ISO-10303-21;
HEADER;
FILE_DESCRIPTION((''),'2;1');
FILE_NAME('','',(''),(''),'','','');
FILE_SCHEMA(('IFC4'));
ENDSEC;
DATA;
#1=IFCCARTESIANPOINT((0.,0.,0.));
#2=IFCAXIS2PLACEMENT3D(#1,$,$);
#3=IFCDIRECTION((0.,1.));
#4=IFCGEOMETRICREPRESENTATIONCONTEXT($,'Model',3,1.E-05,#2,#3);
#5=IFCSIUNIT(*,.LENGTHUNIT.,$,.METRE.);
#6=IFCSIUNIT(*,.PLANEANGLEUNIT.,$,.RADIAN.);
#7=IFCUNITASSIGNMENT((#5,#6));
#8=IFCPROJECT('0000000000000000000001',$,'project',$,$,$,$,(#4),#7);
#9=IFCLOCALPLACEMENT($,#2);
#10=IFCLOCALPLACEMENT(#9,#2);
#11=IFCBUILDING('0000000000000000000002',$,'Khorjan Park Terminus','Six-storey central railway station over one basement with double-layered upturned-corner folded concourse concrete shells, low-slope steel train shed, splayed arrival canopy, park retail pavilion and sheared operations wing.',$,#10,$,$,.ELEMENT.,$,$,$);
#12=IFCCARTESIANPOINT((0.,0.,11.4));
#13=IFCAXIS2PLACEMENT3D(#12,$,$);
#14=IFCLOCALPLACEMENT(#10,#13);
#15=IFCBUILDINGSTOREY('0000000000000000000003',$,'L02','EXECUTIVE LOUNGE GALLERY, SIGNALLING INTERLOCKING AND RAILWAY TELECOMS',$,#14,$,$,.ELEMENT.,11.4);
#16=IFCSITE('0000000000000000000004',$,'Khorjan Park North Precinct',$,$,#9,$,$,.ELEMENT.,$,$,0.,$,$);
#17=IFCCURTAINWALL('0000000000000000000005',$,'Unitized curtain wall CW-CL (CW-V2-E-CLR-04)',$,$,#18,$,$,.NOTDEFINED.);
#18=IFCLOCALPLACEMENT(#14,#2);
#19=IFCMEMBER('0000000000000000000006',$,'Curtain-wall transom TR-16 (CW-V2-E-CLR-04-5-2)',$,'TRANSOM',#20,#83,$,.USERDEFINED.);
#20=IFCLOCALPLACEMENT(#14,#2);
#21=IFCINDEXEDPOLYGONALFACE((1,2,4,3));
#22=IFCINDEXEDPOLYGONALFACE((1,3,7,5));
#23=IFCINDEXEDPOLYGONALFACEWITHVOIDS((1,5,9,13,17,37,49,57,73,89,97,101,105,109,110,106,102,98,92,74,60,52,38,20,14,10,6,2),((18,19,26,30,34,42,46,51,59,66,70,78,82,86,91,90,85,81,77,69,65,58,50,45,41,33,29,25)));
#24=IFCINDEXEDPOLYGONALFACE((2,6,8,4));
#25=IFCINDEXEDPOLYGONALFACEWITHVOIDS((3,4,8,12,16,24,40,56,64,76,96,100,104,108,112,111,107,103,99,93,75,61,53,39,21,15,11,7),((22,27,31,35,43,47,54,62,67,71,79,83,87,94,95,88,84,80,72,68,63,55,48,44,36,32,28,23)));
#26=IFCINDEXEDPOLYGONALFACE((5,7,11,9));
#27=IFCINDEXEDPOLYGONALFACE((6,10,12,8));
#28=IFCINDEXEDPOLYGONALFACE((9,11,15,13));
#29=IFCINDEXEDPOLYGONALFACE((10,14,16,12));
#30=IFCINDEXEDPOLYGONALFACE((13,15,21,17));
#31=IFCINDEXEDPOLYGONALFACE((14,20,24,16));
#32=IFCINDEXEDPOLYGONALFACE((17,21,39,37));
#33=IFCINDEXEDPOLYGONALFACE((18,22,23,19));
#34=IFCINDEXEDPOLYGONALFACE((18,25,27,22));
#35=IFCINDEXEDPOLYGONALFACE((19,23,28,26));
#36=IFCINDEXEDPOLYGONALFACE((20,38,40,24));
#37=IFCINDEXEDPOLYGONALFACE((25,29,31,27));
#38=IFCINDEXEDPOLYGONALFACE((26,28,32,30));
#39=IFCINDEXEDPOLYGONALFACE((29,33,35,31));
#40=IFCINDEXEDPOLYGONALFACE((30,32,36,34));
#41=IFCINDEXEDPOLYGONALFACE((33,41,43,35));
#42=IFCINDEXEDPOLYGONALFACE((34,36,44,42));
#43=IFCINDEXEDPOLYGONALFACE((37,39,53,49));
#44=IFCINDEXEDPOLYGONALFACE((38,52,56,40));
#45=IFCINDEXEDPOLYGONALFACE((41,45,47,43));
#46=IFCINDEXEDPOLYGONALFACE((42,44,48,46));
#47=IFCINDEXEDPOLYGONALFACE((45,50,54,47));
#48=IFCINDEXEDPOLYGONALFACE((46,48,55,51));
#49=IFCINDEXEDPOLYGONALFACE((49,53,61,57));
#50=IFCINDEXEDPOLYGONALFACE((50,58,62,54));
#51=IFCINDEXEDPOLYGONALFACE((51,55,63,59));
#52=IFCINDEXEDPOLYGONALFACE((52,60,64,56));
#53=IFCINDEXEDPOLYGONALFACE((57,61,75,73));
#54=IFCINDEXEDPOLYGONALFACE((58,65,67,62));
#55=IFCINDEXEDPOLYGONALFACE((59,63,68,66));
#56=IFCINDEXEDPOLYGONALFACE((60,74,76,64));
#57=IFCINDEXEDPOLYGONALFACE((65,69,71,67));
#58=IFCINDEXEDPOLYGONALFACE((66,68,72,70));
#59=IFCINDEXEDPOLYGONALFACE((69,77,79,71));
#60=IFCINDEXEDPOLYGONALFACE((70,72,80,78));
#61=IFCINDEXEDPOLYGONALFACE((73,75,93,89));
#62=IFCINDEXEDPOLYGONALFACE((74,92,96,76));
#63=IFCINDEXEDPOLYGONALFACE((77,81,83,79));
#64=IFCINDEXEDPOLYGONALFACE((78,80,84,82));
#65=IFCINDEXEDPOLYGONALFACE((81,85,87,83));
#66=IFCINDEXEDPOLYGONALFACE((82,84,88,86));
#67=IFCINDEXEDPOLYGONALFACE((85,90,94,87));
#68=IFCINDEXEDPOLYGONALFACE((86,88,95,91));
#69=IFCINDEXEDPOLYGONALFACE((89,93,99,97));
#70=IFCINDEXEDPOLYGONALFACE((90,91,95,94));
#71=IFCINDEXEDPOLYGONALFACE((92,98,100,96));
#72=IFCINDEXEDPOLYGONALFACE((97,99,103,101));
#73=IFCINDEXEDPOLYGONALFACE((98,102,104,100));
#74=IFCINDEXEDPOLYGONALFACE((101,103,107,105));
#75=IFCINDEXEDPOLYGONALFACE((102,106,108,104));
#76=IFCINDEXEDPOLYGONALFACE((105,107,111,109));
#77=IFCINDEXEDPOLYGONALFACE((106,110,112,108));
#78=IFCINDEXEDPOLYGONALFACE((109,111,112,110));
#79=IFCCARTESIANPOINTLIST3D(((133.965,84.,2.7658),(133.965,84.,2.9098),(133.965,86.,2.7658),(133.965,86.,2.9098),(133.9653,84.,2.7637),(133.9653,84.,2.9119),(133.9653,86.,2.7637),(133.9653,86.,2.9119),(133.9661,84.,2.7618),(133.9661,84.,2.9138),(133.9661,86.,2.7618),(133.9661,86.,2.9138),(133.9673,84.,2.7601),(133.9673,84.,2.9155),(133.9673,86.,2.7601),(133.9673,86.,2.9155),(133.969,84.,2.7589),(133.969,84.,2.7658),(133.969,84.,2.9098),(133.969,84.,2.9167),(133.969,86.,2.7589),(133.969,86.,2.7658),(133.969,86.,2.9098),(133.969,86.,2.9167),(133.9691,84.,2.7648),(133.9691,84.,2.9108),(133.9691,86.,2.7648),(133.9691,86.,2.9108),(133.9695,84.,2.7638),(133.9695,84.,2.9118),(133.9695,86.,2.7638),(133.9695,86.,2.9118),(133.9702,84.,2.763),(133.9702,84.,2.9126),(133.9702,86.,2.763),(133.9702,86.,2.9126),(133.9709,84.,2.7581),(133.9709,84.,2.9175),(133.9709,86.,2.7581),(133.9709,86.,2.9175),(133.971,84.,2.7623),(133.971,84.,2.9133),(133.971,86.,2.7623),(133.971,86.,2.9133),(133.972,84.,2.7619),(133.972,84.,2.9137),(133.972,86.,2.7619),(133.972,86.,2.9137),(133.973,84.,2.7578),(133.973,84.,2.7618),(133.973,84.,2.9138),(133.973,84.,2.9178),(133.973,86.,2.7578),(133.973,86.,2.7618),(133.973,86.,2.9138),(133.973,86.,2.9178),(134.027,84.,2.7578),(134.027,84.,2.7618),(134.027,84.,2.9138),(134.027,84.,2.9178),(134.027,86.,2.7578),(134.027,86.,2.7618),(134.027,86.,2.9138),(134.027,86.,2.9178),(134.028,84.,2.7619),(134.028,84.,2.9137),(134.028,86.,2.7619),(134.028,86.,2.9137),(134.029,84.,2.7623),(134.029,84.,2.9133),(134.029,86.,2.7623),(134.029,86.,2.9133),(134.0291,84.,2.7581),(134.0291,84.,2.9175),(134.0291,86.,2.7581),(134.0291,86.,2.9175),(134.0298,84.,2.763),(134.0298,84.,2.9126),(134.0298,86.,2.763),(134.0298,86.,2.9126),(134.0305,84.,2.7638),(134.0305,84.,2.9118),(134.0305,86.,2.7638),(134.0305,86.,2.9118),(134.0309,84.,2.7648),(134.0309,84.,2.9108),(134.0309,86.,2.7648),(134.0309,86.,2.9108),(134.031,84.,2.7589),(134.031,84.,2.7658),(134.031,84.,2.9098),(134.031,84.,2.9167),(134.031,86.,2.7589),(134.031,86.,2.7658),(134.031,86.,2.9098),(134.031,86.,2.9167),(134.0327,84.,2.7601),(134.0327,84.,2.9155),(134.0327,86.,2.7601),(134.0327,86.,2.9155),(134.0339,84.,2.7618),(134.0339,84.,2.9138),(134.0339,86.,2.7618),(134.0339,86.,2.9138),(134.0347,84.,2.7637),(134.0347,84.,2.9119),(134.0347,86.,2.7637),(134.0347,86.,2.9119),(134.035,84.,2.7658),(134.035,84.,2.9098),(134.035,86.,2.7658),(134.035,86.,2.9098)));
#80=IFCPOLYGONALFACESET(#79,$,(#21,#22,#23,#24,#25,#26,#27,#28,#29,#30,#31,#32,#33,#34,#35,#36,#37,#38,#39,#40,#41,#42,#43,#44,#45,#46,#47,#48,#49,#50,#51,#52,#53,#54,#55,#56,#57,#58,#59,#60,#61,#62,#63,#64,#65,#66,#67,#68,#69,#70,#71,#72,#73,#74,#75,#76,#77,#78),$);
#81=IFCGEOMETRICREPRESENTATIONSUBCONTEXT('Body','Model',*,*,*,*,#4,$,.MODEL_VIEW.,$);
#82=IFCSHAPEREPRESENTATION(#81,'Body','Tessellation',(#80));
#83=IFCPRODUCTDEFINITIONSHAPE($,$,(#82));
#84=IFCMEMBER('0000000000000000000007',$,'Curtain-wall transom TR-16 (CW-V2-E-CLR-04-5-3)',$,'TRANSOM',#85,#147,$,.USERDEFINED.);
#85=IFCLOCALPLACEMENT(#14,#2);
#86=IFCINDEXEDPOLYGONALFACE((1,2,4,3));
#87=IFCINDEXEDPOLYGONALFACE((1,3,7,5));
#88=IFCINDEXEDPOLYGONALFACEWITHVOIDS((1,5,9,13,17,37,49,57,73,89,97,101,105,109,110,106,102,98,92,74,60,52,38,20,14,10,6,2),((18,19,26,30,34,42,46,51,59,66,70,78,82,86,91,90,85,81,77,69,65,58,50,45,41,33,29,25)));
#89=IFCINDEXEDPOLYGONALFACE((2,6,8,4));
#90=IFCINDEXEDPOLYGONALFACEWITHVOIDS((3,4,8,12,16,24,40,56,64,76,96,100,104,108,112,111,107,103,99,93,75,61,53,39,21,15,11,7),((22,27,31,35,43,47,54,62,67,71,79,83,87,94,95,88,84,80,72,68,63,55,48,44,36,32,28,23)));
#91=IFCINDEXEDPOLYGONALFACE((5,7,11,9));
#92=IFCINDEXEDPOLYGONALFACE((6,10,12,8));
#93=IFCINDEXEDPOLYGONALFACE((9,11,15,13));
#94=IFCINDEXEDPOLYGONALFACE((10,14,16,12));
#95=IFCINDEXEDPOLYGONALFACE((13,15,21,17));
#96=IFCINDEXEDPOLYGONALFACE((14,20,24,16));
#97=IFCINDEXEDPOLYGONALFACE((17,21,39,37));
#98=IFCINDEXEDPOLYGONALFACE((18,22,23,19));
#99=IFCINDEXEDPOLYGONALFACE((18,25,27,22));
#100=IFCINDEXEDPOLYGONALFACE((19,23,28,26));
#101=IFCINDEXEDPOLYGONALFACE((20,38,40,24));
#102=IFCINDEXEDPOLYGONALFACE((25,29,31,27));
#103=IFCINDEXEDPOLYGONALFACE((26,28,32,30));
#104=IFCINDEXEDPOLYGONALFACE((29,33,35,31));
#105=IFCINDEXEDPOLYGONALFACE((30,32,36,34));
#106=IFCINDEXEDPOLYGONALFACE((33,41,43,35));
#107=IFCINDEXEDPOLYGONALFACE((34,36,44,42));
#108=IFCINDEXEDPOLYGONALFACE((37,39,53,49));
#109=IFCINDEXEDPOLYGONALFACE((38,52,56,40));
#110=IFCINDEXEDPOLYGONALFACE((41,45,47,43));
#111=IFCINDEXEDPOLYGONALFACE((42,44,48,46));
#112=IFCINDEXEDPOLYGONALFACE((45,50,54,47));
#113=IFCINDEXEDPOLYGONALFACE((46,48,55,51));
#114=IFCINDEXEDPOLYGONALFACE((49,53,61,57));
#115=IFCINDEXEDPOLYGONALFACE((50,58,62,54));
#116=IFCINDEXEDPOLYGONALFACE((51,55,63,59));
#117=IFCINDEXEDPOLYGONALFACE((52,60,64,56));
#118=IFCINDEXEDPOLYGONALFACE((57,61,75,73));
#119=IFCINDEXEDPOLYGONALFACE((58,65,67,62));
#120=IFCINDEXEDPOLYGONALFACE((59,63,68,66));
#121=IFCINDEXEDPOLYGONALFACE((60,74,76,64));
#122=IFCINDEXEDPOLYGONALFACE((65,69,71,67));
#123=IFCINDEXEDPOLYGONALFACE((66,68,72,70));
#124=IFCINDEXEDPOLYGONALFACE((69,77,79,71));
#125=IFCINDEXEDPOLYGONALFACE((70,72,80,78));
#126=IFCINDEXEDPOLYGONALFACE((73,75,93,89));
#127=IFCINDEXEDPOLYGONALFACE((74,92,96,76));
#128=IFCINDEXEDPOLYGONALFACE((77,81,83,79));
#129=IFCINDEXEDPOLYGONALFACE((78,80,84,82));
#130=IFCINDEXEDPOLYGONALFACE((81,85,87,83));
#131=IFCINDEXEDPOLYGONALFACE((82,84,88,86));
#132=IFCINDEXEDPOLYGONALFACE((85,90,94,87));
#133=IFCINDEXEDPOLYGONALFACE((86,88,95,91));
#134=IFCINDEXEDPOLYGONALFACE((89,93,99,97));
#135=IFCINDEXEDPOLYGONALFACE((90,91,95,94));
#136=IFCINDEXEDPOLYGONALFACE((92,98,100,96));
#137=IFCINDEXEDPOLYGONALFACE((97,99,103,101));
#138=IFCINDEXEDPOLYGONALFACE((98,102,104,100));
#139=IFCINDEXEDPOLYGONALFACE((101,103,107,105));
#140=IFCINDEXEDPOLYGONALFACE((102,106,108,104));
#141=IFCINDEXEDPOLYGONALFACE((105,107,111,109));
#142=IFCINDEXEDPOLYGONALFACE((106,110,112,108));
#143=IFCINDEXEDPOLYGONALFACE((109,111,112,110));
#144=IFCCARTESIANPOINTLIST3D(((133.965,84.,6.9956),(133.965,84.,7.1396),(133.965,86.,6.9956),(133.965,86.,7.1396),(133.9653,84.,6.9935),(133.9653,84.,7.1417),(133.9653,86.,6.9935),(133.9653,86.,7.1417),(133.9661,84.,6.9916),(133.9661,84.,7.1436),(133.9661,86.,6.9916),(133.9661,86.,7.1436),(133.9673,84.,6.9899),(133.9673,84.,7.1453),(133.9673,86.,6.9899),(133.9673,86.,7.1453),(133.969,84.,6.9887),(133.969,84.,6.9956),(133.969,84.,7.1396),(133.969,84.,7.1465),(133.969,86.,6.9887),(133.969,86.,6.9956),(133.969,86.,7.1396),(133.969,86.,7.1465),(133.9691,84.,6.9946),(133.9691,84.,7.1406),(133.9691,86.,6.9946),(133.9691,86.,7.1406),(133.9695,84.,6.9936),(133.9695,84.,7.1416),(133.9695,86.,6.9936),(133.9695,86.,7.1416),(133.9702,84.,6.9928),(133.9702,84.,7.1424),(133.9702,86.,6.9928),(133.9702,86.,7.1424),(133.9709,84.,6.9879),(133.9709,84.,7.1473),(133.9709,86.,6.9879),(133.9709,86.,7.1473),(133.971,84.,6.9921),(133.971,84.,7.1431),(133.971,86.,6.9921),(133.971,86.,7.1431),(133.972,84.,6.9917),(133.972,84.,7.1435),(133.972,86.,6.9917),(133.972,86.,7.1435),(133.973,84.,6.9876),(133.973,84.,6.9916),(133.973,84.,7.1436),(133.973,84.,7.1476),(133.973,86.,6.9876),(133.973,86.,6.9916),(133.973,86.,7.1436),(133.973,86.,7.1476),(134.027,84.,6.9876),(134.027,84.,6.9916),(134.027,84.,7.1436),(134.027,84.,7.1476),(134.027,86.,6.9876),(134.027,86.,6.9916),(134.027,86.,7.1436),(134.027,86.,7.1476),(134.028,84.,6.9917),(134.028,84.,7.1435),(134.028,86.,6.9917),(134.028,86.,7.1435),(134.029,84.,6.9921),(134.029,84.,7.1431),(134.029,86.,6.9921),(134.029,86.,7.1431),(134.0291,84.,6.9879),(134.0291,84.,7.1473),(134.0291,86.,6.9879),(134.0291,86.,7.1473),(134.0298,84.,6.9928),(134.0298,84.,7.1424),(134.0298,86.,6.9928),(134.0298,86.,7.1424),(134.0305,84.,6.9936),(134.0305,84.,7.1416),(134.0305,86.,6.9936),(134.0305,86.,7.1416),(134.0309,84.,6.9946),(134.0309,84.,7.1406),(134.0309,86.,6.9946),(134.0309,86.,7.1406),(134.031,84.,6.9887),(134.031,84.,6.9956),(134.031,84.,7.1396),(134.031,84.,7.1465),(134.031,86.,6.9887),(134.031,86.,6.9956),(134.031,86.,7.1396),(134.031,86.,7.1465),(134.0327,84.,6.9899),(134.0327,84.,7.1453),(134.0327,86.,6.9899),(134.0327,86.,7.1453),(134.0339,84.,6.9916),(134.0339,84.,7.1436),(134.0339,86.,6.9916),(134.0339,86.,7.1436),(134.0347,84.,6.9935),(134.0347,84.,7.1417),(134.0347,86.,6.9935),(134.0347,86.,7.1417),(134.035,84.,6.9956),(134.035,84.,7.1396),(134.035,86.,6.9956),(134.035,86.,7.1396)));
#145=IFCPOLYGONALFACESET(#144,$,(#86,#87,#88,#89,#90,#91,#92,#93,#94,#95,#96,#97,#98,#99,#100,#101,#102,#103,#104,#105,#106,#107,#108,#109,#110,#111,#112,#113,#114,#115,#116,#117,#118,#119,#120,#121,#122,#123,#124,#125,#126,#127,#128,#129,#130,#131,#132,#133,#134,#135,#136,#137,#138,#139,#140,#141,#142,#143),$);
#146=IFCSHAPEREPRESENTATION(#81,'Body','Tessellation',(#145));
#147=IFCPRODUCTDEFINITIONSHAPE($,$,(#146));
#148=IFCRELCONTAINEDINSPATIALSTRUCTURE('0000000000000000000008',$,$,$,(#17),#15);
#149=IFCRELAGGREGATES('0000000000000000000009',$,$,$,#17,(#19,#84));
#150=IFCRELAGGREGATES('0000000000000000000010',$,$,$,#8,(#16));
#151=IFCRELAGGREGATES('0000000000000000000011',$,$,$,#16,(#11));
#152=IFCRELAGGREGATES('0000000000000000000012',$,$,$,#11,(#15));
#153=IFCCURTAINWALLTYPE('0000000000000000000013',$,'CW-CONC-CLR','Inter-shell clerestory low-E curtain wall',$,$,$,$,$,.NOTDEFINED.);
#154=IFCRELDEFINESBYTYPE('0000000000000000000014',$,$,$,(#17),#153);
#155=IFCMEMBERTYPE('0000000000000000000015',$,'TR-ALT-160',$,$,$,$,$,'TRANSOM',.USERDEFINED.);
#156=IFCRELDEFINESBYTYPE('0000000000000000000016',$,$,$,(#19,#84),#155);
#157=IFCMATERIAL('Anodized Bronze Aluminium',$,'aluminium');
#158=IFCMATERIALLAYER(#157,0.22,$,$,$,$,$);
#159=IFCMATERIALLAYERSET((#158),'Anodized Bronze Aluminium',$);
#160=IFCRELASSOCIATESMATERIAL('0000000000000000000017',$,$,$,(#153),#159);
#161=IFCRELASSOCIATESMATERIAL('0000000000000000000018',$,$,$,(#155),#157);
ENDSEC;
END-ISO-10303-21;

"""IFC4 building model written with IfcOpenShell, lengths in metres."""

from ifc_helpers import new_model, si_unit, direction, frame, origin, origin_2d, place, context, subcontext, project, spatial, hollow_rectangle, extrude, material, layer, layer_set, material_profile, profile_set, type_object, element, aggregate, save


model = new_model("IFC4")

# Units and contexts
model_context = context("Model", 3, precision=1e-05, world=origin(), true_north=direction((0.0, 1.0)))
body_context = subcontext(model_context, "Body", "Model", "MODEL_VIEW")
ifc_project = project(units=[si_unit("LENGTHUNIT", "METRE"), si_unit("PLANEANGLEUNIT", "RADIAN")], contexts=[model_context])

# Site, building, storey
site_placement = place(None, origin())
site = spatial("IfcSite", under=ifc_project, at=site_placement, Name="Khorjan Park North Precinct", CompositionType="ELEMENT", RefElevation=0.0)
building_placement = place(site_placement, origin())
building = spatial("IfcBuilding", under=site, at=building_placement, Name="Khorjan Park Terminus", Description="Six-storey central railway station over one basement with double-layered upturned-corner folded concourse concrete shells, low-slope steel train shed, splayed arrival canopy, park retail pavilion and sheared operations wing.", CompositionType="ELEMENT")
storey_placement = place(building_placement, frame((0.0, 0.0, 11.4)))
storey = spatial("IfcBuildingStorey", under=building, at=storey_placement, Name="L02", Description="EXECUTIVE LOUNGE GALLERY, SIGNALLING INTERLOCKING AND RAILWAY TELECOMS", CompositionType="ELEMENT", Elevation=11.4)

# Curtain wall
ifc_material_1 = material(Name="Anodized Bronze Aluminium", Category="aluminium")
ifc_layer_1 = layer(ifc_material_1, 0.22)
ifc_layer_set_1 = layer_set([ifc_layer_1], Name="Anodized Bronze Aluminium")
curtain_wall_type = type_object("IfcCurtainWallType", Name="CW-CONC-CLR", Description="Inter-shell clerestory low-E curtain wall", PredefinedType="NOTDEFINED", material=ifc_layer_set_1)
curtain_wall_1_placement = place(storey_placement, origin())
curtain_wall_1 = element("IfcCurtainWall", 1, at=curtain_wall_1_placement, inside=storey, type_object=curtain_wall_type, Name="Unitized curtain wall CW-CL (CW-V2-E-CLR-04)", PredefinedType="NOTDEFINED")

# Members
ifc_material_profile_1 = material_profile(ifc_material_1, hollow_rectangle(XDim=0.07, YDim=0.16, WallThickness=0.004, InnerFilletRadius=0.004, OuterFilletRadius=0.008, at=origin_2d()), Name="ALT 70x160x4")
ifc_profile_set_1 = profile_set([ifc_material_profile_1], Name="Anodized Bronze Aluminium")
member_type_1 = type_object("IfcMemberType", Name="TR-ALT-160", ElementType="TRANSOM", PredefinedType="USERDEFINED", material=ifc_profile_set_1)
member_1_placement = place(storey_placement, frame((134.0, 84.0, 2.8378), z_axis=(0.0, 1.0, 0.0), x_axis=(-1.0, 0.0, 0.0)))
member_1 = element("IfcMember", 2, at=member_1_placement, type_object=member_type_1, Name="Curtain-wall transom TR-16 (CW-V2-E-CLR-04-5-2)", ObjectType="TRANSOM", PredefinedType="USERDEFINED", context=body_context, shape_type="SweptSolid", body=[
    extrude(hollow_rectangle(XDim=0.07, YDim=0.16, WallThickness=0.004, InnerFilletRadius=0.004, OuterFilletRadius=0.008, at=origin_2d()), origin(), (0.0, 0.0, 1.0), 2.0),
])
member_2_placement = place(storey_placement, frame((134.0, 84.0, 7.0676), z_axis=(0.0, 1.0, 0.0), x_axis=(-1.0, 0.0, 0.0)))
member_2 = element("IfcMember", 3, at=member_2_placement, type_object=member_type_1, Name="Curtain-wall transom TR-16 (CW-V2-E-CLR-04-5-3)", ObjectType="TRANSOM", PredefinedType="USERDEFINED", context=body_context, shape_type="SweptSolid", body=[
    extrude(hollow_rectangle(XDim=0.07, YDim=0.16, WallThickness=0.004, InnerFilletRadius=0.004, OuterFilletRadius=0.008, at=origin_2d()), origin(), (0.0, 0.0, 1.0), 2.0),
])

aggregate(curtain_wall_1, [member_1, member_2])

save(model, "model.ifc")
